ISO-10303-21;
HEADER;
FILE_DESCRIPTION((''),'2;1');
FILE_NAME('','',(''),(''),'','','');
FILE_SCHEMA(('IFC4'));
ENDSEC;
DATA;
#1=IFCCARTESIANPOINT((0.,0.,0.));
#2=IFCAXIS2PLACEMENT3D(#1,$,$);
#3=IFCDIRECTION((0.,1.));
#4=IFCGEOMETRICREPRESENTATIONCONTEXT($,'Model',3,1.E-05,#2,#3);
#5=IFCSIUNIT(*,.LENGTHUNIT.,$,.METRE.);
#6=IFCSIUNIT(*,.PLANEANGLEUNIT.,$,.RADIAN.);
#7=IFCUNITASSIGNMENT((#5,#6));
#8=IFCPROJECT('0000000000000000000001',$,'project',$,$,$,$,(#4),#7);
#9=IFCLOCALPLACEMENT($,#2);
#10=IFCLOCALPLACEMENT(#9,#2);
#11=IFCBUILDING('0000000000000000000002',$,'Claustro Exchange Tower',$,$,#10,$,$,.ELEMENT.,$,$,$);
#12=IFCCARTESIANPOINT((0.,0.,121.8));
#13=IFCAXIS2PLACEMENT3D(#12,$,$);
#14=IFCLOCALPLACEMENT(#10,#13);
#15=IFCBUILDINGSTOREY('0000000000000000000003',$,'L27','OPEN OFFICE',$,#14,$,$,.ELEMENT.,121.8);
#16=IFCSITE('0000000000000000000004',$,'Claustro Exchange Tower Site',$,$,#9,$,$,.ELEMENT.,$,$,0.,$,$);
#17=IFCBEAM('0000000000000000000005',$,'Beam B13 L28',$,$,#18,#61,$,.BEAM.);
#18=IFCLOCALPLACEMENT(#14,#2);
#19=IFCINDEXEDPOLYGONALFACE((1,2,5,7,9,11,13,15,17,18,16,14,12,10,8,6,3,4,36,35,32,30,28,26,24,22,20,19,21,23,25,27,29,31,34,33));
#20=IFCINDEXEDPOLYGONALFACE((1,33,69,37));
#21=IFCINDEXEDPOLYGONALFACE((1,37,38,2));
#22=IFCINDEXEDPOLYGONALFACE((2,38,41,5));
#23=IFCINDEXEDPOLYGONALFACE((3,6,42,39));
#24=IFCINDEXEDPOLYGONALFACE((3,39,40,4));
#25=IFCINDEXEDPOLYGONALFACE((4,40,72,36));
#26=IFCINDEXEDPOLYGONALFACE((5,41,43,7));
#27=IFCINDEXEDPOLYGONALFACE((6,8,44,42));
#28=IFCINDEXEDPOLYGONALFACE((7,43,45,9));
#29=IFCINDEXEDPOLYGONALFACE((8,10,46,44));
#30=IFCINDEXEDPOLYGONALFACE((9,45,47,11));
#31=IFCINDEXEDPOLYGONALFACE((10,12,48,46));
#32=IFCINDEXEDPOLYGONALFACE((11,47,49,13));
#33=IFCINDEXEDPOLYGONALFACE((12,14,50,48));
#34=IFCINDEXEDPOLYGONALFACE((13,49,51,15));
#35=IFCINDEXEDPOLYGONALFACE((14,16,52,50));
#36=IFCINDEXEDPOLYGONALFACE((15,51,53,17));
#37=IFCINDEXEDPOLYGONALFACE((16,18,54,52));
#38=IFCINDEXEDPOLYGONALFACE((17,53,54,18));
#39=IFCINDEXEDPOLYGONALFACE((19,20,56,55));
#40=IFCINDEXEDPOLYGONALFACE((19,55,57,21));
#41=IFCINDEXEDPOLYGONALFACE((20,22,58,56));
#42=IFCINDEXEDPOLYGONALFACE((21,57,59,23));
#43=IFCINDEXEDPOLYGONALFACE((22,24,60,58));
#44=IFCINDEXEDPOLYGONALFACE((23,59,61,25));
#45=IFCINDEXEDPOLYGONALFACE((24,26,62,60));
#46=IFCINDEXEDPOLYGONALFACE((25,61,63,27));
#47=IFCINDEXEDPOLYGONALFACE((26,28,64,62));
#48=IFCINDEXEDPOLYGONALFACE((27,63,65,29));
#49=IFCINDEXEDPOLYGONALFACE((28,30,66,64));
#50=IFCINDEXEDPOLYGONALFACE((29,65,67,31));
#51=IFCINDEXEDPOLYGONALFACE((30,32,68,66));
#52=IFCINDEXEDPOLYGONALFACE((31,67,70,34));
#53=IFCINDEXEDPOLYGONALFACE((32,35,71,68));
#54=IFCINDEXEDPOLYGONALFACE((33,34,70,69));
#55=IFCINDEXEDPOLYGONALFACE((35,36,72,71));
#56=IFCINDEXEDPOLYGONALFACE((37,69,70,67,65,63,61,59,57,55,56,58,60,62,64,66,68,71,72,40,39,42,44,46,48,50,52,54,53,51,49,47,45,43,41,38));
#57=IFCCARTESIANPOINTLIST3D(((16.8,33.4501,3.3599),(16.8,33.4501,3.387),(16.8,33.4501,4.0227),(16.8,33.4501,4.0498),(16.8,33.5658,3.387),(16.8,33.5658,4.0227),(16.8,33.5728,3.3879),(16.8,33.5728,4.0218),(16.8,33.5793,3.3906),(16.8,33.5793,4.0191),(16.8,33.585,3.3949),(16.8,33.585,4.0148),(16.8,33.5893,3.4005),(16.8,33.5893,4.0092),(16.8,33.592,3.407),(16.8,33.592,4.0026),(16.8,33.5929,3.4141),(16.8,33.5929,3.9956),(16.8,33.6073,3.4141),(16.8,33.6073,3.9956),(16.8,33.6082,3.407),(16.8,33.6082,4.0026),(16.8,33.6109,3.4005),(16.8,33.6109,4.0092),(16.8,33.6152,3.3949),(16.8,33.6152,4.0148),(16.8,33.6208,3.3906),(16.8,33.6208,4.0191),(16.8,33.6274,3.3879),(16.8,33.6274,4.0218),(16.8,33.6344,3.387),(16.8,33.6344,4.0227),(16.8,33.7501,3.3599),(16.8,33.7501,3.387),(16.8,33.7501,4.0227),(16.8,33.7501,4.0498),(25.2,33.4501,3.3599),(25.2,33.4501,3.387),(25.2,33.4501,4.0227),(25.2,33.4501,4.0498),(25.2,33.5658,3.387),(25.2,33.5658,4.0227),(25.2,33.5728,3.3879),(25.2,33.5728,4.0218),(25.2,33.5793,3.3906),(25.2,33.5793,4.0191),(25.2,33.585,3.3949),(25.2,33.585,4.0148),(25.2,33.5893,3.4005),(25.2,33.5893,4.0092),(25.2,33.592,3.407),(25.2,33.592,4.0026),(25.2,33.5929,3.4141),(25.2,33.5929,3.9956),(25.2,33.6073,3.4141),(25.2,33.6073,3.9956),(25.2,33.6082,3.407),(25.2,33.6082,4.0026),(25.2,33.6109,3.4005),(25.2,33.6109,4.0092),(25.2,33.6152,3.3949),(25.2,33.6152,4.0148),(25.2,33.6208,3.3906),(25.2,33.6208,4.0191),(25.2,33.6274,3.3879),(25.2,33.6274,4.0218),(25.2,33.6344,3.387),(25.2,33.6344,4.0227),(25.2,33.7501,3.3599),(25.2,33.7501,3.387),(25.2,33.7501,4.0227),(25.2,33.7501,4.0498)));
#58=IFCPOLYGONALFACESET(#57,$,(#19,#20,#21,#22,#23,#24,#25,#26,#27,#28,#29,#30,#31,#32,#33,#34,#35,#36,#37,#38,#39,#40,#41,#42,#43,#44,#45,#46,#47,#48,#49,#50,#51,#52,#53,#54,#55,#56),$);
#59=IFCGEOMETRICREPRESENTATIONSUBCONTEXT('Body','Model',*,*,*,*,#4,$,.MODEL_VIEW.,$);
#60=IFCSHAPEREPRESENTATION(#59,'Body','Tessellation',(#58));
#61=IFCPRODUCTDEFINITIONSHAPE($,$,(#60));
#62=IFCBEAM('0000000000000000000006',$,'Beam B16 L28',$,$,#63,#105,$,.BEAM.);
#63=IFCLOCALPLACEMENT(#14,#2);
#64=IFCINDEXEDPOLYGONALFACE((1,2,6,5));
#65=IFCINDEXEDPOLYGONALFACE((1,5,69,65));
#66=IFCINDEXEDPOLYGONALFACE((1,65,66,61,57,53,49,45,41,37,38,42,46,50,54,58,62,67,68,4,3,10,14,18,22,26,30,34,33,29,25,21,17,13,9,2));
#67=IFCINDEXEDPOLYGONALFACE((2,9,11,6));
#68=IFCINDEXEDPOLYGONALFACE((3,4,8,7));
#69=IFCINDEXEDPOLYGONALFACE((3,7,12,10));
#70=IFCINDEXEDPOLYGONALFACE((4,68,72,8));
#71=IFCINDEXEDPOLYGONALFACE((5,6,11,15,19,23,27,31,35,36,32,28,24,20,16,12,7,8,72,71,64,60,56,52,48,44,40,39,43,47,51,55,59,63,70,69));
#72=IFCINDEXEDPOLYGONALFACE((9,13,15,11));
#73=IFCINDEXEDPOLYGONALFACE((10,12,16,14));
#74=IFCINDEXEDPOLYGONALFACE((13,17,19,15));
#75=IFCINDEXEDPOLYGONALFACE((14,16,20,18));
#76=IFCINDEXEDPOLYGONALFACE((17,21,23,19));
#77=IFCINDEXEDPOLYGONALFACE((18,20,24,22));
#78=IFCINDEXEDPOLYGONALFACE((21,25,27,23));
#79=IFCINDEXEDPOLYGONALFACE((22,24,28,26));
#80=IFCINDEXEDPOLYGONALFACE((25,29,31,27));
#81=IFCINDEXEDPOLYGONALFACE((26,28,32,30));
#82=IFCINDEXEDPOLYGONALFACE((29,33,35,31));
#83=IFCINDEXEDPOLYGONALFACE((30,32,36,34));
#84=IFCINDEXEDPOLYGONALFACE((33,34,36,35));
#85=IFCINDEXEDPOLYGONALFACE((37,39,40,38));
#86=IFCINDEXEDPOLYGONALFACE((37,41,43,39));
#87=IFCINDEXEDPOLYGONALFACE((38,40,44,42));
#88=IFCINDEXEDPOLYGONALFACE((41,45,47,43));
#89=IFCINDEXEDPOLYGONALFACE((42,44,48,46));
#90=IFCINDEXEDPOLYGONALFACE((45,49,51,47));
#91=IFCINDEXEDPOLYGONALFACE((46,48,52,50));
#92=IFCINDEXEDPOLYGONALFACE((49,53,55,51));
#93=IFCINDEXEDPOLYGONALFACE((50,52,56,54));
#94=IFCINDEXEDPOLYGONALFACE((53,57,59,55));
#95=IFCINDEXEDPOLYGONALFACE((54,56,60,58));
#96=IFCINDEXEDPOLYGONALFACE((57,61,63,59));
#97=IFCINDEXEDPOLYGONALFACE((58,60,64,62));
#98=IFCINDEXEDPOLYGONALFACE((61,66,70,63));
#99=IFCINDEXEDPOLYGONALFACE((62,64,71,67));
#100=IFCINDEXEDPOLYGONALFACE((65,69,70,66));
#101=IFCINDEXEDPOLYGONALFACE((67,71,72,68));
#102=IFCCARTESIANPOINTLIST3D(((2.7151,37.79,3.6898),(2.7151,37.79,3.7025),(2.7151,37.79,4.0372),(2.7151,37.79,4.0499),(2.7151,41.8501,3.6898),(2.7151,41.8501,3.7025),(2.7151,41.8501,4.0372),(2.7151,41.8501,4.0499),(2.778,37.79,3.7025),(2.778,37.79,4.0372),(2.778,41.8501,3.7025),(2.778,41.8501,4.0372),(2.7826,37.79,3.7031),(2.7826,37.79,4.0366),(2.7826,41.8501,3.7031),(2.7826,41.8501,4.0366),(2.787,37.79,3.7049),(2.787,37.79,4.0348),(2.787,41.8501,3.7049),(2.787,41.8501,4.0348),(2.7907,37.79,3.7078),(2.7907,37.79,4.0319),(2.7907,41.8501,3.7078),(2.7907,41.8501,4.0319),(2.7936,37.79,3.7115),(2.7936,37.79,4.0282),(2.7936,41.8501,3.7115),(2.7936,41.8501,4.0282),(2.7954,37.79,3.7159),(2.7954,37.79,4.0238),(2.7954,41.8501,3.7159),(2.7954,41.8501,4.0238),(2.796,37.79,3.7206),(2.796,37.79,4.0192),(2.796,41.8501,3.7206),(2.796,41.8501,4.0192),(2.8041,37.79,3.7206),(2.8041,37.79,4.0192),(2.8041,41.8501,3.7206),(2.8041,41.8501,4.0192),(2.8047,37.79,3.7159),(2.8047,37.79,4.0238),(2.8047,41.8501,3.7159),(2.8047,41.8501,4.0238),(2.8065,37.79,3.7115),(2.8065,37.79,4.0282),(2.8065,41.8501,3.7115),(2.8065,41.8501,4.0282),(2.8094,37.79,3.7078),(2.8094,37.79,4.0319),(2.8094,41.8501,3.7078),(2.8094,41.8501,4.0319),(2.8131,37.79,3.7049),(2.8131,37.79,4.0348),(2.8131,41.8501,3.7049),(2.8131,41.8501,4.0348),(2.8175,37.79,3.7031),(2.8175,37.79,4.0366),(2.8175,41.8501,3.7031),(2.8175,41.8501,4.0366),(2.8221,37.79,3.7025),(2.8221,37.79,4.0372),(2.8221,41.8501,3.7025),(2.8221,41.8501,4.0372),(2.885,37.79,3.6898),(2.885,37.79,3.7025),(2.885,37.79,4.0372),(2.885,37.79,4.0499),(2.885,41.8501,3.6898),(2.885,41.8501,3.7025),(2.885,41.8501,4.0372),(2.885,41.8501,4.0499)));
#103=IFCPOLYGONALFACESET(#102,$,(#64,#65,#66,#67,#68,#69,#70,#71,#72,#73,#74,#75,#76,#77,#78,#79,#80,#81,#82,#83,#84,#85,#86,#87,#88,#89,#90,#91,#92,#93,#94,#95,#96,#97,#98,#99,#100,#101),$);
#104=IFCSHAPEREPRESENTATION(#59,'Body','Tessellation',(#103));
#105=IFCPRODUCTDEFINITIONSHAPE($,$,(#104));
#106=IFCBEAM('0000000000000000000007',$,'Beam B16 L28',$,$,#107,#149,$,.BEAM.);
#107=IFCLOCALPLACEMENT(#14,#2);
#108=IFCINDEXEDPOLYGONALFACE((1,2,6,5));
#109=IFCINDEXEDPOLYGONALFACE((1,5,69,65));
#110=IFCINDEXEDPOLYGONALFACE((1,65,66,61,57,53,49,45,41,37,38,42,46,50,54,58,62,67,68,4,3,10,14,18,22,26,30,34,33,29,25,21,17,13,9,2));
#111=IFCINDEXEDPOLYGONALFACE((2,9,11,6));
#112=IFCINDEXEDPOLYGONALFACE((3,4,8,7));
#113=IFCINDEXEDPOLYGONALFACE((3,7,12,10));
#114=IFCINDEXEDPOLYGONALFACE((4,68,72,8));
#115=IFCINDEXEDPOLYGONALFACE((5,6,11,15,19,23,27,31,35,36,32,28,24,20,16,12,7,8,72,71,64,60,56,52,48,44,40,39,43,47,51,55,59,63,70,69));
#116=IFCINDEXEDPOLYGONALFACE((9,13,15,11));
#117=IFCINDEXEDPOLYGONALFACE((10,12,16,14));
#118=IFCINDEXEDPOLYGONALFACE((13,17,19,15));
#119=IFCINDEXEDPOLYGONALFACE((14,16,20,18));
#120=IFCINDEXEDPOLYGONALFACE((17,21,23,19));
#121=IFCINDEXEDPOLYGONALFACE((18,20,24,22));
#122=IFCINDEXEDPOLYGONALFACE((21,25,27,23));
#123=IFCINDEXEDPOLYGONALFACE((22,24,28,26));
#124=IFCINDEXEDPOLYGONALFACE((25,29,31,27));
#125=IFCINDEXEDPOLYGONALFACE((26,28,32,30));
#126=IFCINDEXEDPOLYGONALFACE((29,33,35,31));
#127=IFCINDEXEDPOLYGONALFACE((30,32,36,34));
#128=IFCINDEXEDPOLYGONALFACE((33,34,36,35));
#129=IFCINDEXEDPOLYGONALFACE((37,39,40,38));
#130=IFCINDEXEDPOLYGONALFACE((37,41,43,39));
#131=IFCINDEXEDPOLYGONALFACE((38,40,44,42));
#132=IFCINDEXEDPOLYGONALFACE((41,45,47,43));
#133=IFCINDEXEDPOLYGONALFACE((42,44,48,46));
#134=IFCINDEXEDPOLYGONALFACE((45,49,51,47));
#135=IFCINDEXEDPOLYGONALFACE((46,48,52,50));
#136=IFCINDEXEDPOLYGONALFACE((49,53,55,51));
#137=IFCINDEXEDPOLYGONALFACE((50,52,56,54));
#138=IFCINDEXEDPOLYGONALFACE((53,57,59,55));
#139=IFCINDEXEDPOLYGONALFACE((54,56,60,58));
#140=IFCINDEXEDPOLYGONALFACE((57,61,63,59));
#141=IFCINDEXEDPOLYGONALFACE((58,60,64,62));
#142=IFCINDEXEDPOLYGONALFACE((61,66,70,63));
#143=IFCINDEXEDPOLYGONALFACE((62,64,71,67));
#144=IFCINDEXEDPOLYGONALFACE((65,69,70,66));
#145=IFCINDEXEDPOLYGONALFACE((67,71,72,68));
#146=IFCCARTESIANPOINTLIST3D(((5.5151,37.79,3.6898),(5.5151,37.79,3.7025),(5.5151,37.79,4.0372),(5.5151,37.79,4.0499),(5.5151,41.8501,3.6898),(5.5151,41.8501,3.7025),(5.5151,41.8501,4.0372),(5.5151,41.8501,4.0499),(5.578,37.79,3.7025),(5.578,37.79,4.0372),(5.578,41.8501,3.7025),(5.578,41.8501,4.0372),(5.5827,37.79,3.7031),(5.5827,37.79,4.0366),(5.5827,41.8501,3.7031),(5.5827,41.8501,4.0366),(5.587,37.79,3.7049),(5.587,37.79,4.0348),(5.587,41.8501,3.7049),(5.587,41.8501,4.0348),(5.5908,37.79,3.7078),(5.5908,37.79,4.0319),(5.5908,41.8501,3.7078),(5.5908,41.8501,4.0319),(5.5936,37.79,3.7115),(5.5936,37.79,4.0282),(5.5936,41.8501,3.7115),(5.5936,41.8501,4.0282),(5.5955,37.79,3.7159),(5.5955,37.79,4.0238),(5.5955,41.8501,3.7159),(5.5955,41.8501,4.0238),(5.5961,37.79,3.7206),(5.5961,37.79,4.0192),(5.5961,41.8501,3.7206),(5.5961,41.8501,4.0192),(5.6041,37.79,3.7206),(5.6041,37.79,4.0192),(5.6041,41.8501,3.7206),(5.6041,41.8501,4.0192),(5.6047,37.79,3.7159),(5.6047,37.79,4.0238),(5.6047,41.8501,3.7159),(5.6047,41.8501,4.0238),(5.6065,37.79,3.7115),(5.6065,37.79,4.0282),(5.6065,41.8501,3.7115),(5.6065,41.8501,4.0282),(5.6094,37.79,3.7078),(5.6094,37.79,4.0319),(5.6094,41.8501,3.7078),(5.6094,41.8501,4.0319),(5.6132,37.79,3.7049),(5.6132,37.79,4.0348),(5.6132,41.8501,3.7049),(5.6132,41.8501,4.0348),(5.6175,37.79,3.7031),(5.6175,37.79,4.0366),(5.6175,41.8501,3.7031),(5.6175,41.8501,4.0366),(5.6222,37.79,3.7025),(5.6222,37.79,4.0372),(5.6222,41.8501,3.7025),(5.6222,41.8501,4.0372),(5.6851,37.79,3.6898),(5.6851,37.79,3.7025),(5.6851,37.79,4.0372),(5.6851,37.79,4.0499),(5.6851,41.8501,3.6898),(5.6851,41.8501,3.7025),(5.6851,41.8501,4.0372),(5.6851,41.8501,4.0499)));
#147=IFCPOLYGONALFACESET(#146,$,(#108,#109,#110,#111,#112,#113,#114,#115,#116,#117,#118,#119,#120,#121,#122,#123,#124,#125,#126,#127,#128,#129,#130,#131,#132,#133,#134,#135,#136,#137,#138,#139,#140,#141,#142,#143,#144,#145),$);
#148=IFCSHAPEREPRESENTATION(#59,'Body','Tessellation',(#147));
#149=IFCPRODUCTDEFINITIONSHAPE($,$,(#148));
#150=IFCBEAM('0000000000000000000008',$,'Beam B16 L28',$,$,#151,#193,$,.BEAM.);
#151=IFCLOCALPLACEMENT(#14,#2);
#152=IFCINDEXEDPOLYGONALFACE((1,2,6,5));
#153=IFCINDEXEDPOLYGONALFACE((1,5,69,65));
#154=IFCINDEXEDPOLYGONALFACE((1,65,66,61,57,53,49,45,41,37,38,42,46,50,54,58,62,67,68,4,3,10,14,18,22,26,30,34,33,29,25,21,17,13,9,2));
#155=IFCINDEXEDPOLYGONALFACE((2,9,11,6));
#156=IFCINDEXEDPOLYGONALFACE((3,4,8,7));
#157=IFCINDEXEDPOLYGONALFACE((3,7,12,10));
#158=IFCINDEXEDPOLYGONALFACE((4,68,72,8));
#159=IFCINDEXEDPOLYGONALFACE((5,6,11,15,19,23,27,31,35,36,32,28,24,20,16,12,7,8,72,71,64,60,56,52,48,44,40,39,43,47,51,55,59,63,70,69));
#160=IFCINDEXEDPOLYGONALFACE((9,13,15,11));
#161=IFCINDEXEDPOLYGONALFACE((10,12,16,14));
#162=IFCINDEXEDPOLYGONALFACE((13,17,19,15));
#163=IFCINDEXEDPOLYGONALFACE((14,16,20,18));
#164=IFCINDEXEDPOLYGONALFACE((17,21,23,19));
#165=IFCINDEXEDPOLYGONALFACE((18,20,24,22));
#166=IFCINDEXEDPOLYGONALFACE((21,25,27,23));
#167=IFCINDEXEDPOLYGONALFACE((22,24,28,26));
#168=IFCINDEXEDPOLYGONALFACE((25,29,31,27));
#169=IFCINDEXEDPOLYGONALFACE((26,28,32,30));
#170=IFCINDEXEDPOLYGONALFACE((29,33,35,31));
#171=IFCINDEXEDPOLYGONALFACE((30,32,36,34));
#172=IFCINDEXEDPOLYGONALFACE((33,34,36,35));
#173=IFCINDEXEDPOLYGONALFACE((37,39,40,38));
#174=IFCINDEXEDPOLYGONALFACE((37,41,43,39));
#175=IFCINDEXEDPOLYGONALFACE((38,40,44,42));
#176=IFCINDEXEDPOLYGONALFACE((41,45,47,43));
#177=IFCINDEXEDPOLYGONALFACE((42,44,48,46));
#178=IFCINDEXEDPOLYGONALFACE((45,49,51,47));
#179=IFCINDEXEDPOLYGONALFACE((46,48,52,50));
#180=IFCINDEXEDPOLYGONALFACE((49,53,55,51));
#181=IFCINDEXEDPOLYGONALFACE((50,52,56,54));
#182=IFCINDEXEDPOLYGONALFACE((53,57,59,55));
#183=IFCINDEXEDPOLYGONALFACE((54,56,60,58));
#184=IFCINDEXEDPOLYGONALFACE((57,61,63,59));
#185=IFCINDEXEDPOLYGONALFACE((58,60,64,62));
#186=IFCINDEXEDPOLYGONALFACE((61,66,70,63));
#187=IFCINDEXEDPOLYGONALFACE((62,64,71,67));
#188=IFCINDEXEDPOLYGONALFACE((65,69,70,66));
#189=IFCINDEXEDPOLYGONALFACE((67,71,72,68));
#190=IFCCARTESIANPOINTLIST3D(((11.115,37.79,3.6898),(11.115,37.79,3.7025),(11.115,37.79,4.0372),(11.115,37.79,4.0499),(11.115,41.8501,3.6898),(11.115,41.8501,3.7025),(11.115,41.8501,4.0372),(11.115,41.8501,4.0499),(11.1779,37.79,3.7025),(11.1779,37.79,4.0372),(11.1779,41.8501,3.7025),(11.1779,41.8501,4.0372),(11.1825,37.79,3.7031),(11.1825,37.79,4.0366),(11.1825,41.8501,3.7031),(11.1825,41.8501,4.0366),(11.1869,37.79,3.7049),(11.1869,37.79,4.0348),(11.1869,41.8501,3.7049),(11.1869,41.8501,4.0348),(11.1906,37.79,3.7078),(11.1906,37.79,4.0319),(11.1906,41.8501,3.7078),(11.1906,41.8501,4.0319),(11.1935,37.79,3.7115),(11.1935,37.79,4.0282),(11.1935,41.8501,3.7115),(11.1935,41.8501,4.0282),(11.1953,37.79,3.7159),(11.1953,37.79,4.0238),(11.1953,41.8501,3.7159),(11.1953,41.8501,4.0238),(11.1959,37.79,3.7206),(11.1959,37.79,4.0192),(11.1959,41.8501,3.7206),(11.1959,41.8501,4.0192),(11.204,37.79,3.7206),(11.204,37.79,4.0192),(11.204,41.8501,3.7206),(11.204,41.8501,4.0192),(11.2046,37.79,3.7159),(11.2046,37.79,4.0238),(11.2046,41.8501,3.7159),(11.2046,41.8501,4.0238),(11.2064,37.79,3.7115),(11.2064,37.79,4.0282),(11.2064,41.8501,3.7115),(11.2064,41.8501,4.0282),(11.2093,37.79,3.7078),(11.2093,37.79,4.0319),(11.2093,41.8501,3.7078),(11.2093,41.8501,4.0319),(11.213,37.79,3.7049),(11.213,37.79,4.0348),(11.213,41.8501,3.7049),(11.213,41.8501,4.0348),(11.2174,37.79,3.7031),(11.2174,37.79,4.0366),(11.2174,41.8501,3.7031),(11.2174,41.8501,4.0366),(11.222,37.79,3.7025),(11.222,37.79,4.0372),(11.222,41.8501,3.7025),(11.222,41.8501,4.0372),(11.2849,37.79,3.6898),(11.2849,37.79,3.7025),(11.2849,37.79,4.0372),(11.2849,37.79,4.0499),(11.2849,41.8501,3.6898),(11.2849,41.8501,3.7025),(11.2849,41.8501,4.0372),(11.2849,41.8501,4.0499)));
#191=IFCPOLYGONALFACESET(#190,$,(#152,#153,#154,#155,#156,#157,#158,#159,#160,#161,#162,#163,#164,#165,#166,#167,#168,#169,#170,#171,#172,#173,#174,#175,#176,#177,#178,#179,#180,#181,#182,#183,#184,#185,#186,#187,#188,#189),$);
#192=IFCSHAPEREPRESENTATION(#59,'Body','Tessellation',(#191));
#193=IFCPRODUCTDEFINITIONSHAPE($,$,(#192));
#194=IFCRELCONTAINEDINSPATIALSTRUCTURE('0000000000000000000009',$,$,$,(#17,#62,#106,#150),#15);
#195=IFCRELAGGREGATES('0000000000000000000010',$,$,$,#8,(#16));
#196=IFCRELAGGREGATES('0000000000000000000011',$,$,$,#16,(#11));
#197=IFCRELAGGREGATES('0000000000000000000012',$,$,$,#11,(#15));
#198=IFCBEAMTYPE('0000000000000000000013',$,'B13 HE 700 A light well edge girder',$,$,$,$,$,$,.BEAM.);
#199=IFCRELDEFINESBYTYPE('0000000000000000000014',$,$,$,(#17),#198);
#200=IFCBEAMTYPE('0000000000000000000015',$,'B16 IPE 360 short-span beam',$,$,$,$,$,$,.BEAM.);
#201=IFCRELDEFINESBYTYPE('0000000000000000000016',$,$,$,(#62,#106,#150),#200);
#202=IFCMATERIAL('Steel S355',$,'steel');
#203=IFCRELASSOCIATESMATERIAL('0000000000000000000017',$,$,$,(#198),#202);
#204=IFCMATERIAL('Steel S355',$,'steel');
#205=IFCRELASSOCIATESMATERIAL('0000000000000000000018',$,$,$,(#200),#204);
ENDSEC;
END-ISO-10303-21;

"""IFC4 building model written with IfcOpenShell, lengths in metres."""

from ifc_helpers import new_model, si_unit, direction, frame, origin, origin_2d, place, context, subcontext, project, spatial, i_section, extrude, material, material_profile, profile_set, type_object, element, save


model = new_model("IFC4")

# Units and contexts
model_context = context("Model", 3, precision=1e-05, world=origin(), true_north=direction((0.0, 1.0)))
body_context = subcontext(model_context, "Body", "Model", "MODEL_VIEW")
ifc_project = project(units=[si_unit("LENGTHUNIT", "METRE"), si_unit("PLANEANGLEUNIT", "RADIAN")], contexts=[model_context])

# Site, building, storey
site_placement = place(None, origin())
site = spatial("IfcSite", under=ifc_project, at=site_placement, Name="Claustro Exchange Tower Site", CompositionType="ELEMENT", RefElevation=0.0)
building_placement = place(site_placement, origin())
building = spatial("IfcBuilding", under=site, at=building_placement, Name="Claustro Exchange Tower", CompositionType="ELEMENT")
storey_placement = place(building_placement, frame((0.0, 0.0, 121.8)))
storey = spatial("IfcBuildingStorey", under=building, at=storey_placement, Name="L27", Description="OPEN OFFICE", CompositionType="ELEMENT", Elevation=121.8)

# Beams
ifc_material_1 = material(Name="Steel S355", Category="steel")
ifc_material_profile_1 = material_profile(ifc_material_1, i_section(OverallWidth=0.3, OverallDepth=0.6899, WebThickness=0.0144, FlangeThickness=0.0271, FilletRadius=0.0271, at=origin_2d()), Name="HE 700 A")
ifc_profile_set_1 = profile_set([ifc_material_profile_1], Name="Steel S355")
beam_type_1 = type_object("IfcBeamType", Name="B13 HE 700 A light well edge girder", PredefinedType="BEAM", material=ifc_profile_set_1)
beam_placement = place(storey_placement, frame((16.8, 33.6001, 3.7048), z_axis=(1.0, 0.0, 0.0), x_axis=(0.0, 1.0, 0.0)))
element("IfcBeam", 1, at=beam_placement, inside=storey, type_object=beam_type_1, Name="Beam B13 L28", PredefinedType="BEAM", context=body_context, shape_type="SweptSolid", body=[
    extrude(i_section(OverallWidth=0.3, OverallDepth=0.6899, WebThickness=0.0144, FlangeThickness=0.0271, FilletRadius=0.0271, at=origin_2d()), origin(), (0.0, 0.0, 1.0), 8.3999),
])
ifc_material_2 = material(Name="Steel S355", Category="steel")
ifc_material_profile_2 = material_profile(ifc_material_2, i_section(OverallWidth=0.1699, OverallDepth=0.3601, WebThickness=0.0081, FlangeThickness=0.0127, FilletRadius=0.0181, at=origin_2d()), Name="IPE 360")
ifc_profile_set_2 = profile_set([ifc_material_profile_2], Name="Steel S355")
beam_type_2 = type_object("IfcBeamType", Name="B16 IPE 360 short-span beam", PredefinedType="BEAM", material=ifc_profile_set_2)
for number, where, z_axis, x_axis, name in (
    (2, (2.8, 37.79, 3.8699), (0.0, 1.0, 0.0), (-1.0, 0.0, 0.0), "Beam B16 L28"),
    (3, (5.6001, 37.79, 3.8699), (0.0, 1.0, 0.0), (-1.0, 0.0, 0.0), "Beam B16 L28"),
    (4, (11.2, 37.79, 3.8699), (0.0, 1.0, 0.0), (-1.0, 0.0, 0.0), "Beam B16 L28"),
):
    element("IfcBeam", number, at=place(storey_placement, frame(where, z_axis=z_axis, x_axis=x_axis)), inside=storey, type_object=beam_type_2, Name=name, PredefinedType="BEAM", context=body_context, shape_type="SweptSolid", body=[
        extrude(i_section(OverallWidth=0.1699, OverallDepth=0.3601, WebThickness=0.0081, FlangeThickness=0.0127, FilletRadius=0.0181, at=origin_2d()), origin(), (0.0, 0.0, 1.0), 4.0601),
    ])

save(model, "model.ifc")
